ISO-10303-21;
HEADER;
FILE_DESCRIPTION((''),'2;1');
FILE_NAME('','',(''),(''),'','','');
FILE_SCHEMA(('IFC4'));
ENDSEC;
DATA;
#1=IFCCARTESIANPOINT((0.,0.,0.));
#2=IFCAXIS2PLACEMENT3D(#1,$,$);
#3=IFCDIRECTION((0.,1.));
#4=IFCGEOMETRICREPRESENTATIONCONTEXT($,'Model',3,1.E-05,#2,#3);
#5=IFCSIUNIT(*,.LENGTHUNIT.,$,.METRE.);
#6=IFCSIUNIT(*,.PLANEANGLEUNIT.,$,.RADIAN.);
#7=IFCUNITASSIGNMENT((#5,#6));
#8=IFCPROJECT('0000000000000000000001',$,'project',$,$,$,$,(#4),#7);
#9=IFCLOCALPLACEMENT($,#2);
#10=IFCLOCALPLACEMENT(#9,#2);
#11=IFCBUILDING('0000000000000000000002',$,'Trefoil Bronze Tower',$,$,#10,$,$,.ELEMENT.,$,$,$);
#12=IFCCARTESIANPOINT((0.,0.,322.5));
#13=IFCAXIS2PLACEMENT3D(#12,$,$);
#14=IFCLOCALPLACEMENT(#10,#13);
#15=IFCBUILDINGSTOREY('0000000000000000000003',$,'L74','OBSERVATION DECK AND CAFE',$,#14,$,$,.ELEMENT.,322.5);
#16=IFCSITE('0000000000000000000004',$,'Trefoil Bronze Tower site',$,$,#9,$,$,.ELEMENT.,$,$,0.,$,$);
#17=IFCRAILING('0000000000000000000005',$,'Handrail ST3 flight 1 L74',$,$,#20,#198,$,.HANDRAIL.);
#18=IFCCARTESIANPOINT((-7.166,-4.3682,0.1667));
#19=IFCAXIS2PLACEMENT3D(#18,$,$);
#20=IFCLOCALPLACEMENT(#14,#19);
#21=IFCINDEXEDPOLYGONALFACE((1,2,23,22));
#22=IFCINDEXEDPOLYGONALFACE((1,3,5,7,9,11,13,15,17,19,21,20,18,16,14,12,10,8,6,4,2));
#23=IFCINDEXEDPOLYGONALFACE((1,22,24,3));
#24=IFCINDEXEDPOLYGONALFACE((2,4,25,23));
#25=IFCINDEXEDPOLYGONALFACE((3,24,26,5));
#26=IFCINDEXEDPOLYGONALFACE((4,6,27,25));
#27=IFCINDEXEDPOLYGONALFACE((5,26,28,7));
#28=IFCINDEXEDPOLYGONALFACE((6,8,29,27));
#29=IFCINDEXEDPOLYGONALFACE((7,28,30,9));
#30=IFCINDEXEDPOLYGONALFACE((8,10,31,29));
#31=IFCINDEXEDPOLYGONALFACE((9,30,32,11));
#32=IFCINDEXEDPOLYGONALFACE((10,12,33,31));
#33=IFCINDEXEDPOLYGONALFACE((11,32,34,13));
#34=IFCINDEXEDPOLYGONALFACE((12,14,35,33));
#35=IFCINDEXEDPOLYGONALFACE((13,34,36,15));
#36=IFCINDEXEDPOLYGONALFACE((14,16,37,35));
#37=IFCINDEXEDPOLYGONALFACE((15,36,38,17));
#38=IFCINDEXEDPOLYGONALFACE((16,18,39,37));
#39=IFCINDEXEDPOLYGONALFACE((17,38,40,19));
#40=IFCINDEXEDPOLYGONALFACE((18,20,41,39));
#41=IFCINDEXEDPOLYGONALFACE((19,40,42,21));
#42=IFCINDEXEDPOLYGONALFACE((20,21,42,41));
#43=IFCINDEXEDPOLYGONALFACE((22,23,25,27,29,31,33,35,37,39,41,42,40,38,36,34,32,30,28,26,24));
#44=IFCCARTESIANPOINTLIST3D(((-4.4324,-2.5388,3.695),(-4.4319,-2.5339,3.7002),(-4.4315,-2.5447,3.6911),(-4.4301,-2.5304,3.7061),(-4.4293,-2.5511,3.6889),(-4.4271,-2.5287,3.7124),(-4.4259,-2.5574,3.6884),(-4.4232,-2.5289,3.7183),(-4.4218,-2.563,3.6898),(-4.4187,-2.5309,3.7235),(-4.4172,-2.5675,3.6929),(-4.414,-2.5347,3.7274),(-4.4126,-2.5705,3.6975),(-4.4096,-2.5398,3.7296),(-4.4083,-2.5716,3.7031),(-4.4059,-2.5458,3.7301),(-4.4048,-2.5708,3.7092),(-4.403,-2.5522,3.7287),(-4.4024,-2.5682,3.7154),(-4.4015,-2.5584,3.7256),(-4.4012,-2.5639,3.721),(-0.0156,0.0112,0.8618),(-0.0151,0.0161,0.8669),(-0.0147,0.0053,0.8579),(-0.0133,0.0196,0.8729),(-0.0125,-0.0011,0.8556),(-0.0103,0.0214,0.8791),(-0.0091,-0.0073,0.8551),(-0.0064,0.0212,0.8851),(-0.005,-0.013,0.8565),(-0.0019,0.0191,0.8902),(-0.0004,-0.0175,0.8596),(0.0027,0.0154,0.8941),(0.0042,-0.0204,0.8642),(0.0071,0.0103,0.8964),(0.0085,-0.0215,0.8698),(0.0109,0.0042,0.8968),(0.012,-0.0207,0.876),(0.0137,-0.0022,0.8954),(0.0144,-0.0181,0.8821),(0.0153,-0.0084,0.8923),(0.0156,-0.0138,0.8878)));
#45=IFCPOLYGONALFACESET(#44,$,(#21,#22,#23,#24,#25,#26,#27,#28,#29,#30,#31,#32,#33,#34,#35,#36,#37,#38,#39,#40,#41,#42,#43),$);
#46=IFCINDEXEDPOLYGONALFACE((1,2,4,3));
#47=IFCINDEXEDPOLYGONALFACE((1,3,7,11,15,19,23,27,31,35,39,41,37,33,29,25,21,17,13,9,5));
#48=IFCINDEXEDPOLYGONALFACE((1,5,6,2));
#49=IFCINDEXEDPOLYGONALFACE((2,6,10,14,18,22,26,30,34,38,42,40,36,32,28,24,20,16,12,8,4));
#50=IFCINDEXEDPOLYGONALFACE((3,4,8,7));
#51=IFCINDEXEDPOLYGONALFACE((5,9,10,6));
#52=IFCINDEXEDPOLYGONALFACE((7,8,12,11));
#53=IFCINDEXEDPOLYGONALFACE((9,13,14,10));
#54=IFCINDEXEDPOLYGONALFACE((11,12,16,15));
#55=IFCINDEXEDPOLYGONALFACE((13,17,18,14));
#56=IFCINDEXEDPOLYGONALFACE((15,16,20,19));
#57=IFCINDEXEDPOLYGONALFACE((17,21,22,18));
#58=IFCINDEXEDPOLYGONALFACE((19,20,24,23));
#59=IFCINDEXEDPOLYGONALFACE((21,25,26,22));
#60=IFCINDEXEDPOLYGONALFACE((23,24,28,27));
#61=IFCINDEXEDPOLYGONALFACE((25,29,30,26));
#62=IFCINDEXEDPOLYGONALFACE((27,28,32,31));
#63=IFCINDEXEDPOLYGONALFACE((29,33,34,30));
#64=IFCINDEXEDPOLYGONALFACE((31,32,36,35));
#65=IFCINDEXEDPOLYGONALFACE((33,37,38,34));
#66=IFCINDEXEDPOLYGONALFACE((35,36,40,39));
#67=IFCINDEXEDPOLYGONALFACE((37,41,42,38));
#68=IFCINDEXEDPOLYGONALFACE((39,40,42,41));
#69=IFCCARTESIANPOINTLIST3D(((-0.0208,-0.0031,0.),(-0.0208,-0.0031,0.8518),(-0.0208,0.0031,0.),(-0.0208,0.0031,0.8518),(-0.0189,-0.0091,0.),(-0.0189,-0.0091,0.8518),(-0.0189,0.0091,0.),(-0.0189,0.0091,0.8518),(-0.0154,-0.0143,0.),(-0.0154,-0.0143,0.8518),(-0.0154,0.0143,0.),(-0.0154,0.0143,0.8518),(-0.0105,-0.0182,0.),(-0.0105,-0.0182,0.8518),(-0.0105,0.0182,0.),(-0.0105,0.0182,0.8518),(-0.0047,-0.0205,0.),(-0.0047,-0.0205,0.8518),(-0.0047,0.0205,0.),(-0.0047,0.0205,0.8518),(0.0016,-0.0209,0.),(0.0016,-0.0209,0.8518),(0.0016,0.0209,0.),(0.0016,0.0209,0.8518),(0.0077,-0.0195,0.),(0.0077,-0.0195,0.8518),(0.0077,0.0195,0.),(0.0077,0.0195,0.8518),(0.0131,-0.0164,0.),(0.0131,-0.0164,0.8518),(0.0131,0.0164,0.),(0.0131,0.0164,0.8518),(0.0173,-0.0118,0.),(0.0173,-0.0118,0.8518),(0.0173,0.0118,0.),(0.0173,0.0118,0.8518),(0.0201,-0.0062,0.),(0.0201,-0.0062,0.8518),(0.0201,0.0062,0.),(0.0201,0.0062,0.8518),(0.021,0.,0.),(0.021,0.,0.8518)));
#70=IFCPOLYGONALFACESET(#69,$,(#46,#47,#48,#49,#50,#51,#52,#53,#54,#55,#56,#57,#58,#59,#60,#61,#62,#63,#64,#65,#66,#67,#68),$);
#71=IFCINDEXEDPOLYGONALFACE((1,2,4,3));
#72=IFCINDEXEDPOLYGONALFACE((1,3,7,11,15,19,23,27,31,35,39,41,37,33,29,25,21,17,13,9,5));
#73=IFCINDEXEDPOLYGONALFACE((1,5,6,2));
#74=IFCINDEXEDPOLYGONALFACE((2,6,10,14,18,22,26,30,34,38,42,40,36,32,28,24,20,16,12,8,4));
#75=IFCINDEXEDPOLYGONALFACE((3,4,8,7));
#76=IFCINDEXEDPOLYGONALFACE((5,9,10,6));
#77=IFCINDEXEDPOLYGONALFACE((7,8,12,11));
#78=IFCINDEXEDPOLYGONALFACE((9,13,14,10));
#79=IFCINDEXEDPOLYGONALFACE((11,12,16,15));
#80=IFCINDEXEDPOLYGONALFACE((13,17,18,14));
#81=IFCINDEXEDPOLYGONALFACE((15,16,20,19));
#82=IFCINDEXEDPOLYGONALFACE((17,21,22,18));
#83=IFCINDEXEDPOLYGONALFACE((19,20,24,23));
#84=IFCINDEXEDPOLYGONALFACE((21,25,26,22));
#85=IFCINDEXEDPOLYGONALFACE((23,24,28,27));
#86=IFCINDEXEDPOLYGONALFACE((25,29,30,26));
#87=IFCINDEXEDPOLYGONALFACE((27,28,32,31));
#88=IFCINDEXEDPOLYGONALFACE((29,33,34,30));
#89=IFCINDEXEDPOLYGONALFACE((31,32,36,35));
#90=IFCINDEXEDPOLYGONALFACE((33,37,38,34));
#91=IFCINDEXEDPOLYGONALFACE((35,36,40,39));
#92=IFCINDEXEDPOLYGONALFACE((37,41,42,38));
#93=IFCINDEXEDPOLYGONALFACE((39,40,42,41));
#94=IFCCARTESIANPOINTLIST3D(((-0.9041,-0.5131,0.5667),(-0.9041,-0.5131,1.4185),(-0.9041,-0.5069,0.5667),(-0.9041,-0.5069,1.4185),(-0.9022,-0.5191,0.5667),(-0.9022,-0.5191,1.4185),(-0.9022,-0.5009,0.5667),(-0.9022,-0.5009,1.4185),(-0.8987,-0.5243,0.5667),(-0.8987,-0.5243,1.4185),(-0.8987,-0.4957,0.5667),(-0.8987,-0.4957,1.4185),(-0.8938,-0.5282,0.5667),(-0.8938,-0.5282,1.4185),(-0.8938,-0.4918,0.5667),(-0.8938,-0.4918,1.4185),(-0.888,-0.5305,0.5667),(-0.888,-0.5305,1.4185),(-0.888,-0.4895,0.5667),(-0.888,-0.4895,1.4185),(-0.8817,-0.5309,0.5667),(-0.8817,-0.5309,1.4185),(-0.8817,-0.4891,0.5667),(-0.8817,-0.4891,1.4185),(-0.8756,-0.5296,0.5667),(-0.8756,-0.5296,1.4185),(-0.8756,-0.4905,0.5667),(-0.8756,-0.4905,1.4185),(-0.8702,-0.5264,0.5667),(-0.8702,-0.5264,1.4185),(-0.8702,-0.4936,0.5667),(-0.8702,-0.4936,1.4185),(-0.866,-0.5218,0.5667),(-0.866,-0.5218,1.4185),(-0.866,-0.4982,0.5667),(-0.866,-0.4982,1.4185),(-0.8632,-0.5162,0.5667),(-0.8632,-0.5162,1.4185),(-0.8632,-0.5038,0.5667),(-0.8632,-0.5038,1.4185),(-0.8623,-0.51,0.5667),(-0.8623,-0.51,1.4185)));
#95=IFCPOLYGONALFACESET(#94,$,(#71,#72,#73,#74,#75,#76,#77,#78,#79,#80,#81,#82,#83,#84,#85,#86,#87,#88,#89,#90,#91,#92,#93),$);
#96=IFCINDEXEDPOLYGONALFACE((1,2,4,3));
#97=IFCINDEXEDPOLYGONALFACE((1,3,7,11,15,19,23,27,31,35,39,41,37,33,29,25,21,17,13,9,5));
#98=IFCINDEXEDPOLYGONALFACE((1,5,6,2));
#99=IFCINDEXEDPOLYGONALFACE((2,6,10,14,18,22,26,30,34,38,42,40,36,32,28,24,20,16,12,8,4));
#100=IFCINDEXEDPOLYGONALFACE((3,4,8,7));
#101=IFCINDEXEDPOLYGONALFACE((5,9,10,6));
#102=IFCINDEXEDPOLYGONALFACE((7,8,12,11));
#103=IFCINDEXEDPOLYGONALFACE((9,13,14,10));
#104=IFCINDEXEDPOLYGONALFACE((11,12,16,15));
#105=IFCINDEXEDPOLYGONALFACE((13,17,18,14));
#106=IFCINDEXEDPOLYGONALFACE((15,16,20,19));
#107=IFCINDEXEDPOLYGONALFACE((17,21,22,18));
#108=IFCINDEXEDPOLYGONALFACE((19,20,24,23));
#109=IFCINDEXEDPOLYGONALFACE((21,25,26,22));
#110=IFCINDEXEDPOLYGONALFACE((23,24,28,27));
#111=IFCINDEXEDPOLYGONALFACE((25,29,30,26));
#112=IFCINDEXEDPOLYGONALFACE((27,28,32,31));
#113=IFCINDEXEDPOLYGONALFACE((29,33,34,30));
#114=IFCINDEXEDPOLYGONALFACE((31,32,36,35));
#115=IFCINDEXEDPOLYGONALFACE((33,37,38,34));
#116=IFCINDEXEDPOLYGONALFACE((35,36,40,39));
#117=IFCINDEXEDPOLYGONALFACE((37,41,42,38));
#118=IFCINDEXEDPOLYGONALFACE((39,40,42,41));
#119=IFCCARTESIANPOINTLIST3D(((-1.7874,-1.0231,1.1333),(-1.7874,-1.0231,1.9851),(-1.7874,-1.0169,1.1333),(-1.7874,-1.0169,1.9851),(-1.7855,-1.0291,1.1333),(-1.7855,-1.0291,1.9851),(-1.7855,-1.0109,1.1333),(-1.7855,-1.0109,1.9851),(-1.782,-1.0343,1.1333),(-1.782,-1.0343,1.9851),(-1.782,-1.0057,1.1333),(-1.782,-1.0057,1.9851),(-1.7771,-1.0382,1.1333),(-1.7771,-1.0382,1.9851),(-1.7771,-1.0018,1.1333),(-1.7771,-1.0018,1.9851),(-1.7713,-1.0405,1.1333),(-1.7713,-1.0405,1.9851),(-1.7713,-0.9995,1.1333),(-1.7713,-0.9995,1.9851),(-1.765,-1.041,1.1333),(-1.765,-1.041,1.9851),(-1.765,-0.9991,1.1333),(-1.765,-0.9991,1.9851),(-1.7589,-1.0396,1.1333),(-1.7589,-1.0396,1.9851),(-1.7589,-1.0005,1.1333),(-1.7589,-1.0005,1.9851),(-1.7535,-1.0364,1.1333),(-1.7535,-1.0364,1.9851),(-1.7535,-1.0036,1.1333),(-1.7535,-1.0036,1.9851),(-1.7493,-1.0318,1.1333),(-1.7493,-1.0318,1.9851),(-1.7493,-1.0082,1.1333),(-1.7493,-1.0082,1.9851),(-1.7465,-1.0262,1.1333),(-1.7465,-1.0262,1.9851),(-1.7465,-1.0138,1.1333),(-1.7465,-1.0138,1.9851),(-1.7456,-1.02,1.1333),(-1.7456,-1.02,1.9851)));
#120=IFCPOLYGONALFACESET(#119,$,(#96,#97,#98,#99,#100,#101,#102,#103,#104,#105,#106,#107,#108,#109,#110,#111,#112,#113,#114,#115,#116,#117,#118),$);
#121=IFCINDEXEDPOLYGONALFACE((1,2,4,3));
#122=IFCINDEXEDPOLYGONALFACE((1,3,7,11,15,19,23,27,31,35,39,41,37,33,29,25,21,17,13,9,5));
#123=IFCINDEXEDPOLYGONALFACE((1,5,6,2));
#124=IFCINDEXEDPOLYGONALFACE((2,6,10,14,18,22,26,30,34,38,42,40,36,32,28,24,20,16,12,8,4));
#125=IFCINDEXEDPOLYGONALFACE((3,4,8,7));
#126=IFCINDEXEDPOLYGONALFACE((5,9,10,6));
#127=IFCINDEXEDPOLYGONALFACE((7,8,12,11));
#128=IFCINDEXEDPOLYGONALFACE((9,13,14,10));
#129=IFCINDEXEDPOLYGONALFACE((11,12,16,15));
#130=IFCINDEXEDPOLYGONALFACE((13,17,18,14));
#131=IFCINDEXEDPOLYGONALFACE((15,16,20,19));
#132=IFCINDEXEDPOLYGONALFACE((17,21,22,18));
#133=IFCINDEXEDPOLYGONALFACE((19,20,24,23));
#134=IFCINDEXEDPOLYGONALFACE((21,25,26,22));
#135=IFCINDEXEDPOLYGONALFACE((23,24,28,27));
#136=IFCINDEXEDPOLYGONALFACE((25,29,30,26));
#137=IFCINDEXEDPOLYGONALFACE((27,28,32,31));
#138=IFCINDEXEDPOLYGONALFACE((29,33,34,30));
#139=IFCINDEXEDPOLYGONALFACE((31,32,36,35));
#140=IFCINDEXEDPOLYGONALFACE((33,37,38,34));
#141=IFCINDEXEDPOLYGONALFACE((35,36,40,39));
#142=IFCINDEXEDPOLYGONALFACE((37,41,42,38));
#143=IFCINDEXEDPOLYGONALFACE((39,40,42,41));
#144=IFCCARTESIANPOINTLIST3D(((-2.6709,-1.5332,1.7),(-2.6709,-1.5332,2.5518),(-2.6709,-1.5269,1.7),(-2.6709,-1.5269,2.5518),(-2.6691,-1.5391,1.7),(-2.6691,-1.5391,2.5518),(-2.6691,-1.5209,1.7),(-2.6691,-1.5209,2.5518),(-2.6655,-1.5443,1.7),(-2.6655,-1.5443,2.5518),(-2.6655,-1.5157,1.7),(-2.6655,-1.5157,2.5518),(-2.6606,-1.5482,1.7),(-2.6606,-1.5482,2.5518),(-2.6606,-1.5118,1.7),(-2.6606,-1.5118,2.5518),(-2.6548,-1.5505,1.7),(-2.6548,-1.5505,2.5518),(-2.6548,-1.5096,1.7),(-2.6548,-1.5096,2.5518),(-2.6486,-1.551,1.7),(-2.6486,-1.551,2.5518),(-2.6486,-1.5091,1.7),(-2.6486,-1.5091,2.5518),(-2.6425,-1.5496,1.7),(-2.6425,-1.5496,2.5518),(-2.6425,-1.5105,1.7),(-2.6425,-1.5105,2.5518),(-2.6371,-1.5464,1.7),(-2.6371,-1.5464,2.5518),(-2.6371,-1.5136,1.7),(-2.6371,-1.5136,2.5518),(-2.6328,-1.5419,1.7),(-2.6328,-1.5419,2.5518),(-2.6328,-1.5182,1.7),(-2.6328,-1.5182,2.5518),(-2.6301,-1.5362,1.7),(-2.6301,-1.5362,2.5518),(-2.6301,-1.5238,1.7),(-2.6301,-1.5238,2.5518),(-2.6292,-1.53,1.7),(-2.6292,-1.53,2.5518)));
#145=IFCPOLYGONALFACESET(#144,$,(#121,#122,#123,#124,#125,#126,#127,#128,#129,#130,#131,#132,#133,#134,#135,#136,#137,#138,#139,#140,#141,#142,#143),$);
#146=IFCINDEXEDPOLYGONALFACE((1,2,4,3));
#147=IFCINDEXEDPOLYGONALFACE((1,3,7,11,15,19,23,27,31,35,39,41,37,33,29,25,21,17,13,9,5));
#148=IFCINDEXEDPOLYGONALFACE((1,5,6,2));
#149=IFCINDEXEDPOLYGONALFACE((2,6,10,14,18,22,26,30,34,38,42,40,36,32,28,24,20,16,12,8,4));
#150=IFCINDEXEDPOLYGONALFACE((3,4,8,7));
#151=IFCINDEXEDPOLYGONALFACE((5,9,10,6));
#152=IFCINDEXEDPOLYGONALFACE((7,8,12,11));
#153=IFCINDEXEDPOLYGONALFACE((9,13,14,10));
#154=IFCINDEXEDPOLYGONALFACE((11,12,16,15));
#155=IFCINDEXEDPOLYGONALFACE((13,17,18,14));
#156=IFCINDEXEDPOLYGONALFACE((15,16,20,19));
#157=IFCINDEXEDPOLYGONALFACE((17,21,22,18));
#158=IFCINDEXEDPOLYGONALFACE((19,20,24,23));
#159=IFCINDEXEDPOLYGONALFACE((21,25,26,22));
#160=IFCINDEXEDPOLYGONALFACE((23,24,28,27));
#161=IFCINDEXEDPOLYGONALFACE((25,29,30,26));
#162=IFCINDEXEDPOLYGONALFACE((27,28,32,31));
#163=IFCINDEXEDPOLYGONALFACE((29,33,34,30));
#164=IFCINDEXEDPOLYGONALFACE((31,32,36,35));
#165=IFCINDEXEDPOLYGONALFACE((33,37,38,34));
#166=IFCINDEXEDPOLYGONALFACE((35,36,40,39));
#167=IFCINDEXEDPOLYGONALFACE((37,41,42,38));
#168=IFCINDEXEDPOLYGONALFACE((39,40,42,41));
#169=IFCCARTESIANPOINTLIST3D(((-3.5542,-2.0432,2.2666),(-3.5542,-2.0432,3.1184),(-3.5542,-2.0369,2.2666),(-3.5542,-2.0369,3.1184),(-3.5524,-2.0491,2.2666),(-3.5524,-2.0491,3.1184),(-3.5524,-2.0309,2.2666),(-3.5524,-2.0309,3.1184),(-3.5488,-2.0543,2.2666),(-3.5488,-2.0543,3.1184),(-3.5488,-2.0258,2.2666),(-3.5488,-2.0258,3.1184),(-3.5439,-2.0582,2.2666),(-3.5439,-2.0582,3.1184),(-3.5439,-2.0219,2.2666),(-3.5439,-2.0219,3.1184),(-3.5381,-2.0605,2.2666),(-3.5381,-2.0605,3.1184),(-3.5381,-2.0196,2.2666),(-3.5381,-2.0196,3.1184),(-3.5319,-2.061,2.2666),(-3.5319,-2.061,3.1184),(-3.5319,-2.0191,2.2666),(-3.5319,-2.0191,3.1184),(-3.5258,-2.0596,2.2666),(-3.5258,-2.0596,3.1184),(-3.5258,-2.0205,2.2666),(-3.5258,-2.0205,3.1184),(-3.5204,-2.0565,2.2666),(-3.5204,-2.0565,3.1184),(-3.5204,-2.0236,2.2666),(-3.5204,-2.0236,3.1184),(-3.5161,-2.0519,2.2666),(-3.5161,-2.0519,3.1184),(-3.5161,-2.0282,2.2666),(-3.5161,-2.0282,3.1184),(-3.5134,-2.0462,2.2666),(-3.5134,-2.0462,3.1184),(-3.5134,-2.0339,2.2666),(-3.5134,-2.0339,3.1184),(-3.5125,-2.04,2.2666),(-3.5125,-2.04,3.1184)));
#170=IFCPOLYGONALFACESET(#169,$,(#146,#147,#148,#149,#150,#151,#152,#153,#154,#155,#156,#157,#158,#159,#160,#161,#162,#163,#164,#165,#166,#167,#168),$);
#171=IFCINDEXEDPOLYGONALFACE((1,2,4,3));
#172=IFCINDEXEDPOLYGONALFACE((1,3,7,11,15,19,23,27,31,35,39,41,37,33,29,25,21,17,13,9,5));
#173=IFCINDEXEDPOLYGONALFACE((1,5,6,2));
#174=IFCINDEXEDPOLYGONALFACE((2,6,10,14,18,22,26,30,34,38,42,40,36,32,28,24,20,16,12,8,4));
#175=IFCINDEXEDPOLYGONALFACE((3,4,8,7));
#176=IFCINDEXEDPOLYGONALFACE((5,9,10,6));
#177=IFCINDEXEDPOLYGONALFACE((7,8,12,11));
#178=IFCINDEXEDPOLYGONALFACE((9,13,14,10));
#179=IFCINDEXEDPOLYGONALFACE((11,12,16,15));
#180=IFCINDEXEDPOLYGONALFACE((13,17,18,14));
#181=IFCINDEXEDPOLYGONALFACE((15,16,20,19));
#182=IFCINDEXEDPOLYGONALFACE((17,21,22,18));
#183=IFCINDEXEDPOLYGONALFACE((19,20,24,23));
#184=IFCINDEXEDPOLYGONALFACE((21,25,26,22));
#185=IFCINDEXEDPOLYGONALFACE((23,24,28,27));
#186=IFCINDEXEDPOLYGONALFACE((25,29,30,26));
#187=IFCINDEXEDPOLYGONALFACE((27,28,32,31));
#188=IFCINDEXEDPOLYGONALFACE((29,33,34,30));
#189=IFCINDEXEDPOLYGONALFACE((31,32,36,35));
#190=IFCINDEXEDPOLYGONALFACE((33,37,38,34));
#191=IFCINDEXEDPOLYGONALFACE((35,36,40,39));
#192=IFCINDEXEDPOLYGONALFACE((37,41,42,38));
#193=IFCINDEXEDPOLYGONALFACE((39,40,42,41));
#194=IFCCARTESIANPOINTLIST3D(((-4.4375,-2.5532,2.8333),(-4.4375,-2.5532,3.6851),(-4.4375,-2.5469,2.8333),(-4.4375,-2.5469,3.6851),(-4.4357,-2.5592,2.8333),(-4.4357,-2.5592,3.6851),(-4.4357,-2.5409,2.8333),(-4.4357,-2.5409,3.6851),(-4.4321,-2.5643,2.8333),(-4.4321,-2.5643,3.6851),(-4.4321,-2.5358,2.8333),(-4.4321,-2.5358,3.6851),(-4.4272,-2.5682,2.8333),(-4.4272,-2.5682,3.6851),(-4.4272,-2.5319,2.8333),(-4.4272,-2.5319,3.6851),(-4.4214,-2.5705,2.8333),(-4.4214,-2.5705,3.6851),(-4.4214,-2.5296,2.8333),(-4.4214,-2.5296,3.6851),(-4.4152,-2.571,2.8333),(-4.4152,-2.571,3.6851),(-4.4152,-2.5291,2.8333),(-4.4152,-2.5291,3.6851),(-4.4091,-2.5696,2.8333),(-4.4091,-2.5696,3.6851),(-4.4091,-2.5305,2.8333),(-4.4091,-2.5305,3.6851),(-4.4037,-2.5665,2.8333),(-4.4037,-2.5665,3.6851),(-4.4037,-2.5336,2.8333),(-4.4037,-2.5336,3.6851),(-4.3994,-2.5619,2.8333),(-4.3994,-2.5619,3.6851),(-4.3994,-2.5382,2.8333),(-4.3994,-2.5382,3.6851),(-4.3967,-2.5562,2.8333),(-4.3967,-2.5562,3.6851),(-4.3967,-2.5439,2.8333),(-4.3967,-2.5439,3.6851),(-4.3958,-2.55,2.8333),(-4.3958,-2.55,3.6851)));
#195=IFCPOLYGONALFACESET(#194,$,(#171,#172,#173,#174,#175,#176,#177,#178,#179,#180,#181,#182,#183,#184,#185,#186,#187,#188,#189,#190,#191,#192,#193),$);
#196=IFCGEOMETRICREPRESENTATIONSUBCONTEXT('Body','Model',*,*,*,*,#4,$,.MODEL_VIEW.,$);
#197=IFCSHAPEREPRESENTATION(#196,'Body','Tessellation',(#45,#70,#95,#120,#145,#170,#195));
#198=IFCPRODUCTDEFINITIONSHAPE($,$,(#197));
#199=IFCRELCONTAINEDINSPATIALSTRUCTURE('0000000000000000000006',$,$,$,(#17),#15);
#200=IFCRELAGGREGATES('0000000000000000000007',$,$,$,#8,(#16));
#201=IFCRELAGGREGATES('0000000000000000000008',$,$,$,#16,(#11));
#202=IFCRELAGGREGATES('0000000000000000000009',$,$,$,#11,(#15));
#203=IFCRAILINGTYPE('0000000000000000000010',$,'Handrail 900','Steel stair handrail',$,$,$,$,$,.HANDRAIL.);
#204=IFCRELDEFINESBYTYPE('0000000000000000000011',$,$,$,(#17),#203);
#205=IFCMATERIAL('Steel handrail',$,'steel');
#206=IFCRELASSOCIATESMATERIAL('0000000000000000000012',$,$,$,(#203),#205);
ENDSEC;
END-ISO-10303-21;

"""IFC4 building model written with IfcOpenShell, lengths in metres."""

from ifc_helpers import new_model, si_unit, direction, frame, origin, origin_2d, place, context, subcontext, project, spatial, circle, extrude, material, type_object, element, save


model = new_model("IFC4")

# Units and contexts
model_context = context("Model", 3, precision=1e-05, world=origin(), true_north=direction((0.0, 1.0)))
body_context = subcontext(model_context, "Body", "Model", "MODEL_VIEW")
ifc_project = project(units=[si_unit("LENGTHUNIT", "METRE"), si_unit("PLANEANGLEUNIT", "RADIAN")], contexts=[model_context])

# Site, building, storey
site_placement = place(None, origin())
site = spatial("IfcSite", under=ifc_project, at=site_placement, Name="Trefoil Bronze Tower site", CompositionType="ELEMENT", RefElevation=0.0)
building_placement = place(site_placement, origin())
building = spatial("IfcBuilding", under=site, at=building_placement, Name="Trefoil Bronze Tower", CompositionType="ELEMENT")
storey_placement = place(building_placement, frame((0.0, 0.0, 322.5)))
storey = spatial("IfcBuildingStorey", under=building, at=storey_placement, Name="L74", Description="OBSERVATION DECK AND CAFE", CompositionType="ELEMENT", Elevation=322.5)

# Railing
ifc_material_1 = material(Name="Steel handrail", Category="steel")
railing_type = type_object("IfcRailingType", Name="Handrail 900", Description="Steel stair handrail", PredefinedType="HANDRAIL", material=ifc_material_1)
railing_placement = place(storey_placement, frame((-7.166, -4.3682, 0.1667)))
element("IfcRailing", 1, at=railing_placement, inside=storey, type_object=railing_type, Name="Handrail ST3 flight 1 L74", PredefinedType="HANDRAIL", context=body_context, shape_type="SweptSolid", body=[
    extrude(circle(Radius=0.0239, at=origin_2d()), frame((0.0, 0.0, 0.876), z_axis=(-0.757046, -0.437087, 0.485629), x_axis=(0.500006, -0.866022, 0.0)), (0.0, 0.0, 1.0), 5.8342),
    extrude(circle(Radius=0.021, at=origin_2d()), origin(), (0.0, 0.0, 1.0), 0.8518),
    extrude(circle(Radius=0.021, at=origin_2d()), frame((-0.8833, -0.51, 0.5667)), (0.0, 0.0, 1.0), 0.8518),
    extrude(circle(Radius=0.021, at=origin_2d()), frame((-1.7666, -1.02, 1.1333)), (0.0, 0.0, 1.0), 0.8518),
    extrude(circle(Radius=0.021, at=origin_2d()), frame((-2.6501, -1.53, 1.7)), (0.0, 0.0, 1.0), 0.8518),
    extrude(circle(Radius=0.021, at=origin_2d()), frame((-3.5334, -2.04, 2.2666)), (0.0, 0.0, 1.0), 0.8518),
    extrude(circle(Radius=0.021, at=origin_2d()), frame((-4.4167, -2.55, 2.8333)), (0.0, 0.0, 1.0), 0.8518),
])

save(model, "model.ifc")
